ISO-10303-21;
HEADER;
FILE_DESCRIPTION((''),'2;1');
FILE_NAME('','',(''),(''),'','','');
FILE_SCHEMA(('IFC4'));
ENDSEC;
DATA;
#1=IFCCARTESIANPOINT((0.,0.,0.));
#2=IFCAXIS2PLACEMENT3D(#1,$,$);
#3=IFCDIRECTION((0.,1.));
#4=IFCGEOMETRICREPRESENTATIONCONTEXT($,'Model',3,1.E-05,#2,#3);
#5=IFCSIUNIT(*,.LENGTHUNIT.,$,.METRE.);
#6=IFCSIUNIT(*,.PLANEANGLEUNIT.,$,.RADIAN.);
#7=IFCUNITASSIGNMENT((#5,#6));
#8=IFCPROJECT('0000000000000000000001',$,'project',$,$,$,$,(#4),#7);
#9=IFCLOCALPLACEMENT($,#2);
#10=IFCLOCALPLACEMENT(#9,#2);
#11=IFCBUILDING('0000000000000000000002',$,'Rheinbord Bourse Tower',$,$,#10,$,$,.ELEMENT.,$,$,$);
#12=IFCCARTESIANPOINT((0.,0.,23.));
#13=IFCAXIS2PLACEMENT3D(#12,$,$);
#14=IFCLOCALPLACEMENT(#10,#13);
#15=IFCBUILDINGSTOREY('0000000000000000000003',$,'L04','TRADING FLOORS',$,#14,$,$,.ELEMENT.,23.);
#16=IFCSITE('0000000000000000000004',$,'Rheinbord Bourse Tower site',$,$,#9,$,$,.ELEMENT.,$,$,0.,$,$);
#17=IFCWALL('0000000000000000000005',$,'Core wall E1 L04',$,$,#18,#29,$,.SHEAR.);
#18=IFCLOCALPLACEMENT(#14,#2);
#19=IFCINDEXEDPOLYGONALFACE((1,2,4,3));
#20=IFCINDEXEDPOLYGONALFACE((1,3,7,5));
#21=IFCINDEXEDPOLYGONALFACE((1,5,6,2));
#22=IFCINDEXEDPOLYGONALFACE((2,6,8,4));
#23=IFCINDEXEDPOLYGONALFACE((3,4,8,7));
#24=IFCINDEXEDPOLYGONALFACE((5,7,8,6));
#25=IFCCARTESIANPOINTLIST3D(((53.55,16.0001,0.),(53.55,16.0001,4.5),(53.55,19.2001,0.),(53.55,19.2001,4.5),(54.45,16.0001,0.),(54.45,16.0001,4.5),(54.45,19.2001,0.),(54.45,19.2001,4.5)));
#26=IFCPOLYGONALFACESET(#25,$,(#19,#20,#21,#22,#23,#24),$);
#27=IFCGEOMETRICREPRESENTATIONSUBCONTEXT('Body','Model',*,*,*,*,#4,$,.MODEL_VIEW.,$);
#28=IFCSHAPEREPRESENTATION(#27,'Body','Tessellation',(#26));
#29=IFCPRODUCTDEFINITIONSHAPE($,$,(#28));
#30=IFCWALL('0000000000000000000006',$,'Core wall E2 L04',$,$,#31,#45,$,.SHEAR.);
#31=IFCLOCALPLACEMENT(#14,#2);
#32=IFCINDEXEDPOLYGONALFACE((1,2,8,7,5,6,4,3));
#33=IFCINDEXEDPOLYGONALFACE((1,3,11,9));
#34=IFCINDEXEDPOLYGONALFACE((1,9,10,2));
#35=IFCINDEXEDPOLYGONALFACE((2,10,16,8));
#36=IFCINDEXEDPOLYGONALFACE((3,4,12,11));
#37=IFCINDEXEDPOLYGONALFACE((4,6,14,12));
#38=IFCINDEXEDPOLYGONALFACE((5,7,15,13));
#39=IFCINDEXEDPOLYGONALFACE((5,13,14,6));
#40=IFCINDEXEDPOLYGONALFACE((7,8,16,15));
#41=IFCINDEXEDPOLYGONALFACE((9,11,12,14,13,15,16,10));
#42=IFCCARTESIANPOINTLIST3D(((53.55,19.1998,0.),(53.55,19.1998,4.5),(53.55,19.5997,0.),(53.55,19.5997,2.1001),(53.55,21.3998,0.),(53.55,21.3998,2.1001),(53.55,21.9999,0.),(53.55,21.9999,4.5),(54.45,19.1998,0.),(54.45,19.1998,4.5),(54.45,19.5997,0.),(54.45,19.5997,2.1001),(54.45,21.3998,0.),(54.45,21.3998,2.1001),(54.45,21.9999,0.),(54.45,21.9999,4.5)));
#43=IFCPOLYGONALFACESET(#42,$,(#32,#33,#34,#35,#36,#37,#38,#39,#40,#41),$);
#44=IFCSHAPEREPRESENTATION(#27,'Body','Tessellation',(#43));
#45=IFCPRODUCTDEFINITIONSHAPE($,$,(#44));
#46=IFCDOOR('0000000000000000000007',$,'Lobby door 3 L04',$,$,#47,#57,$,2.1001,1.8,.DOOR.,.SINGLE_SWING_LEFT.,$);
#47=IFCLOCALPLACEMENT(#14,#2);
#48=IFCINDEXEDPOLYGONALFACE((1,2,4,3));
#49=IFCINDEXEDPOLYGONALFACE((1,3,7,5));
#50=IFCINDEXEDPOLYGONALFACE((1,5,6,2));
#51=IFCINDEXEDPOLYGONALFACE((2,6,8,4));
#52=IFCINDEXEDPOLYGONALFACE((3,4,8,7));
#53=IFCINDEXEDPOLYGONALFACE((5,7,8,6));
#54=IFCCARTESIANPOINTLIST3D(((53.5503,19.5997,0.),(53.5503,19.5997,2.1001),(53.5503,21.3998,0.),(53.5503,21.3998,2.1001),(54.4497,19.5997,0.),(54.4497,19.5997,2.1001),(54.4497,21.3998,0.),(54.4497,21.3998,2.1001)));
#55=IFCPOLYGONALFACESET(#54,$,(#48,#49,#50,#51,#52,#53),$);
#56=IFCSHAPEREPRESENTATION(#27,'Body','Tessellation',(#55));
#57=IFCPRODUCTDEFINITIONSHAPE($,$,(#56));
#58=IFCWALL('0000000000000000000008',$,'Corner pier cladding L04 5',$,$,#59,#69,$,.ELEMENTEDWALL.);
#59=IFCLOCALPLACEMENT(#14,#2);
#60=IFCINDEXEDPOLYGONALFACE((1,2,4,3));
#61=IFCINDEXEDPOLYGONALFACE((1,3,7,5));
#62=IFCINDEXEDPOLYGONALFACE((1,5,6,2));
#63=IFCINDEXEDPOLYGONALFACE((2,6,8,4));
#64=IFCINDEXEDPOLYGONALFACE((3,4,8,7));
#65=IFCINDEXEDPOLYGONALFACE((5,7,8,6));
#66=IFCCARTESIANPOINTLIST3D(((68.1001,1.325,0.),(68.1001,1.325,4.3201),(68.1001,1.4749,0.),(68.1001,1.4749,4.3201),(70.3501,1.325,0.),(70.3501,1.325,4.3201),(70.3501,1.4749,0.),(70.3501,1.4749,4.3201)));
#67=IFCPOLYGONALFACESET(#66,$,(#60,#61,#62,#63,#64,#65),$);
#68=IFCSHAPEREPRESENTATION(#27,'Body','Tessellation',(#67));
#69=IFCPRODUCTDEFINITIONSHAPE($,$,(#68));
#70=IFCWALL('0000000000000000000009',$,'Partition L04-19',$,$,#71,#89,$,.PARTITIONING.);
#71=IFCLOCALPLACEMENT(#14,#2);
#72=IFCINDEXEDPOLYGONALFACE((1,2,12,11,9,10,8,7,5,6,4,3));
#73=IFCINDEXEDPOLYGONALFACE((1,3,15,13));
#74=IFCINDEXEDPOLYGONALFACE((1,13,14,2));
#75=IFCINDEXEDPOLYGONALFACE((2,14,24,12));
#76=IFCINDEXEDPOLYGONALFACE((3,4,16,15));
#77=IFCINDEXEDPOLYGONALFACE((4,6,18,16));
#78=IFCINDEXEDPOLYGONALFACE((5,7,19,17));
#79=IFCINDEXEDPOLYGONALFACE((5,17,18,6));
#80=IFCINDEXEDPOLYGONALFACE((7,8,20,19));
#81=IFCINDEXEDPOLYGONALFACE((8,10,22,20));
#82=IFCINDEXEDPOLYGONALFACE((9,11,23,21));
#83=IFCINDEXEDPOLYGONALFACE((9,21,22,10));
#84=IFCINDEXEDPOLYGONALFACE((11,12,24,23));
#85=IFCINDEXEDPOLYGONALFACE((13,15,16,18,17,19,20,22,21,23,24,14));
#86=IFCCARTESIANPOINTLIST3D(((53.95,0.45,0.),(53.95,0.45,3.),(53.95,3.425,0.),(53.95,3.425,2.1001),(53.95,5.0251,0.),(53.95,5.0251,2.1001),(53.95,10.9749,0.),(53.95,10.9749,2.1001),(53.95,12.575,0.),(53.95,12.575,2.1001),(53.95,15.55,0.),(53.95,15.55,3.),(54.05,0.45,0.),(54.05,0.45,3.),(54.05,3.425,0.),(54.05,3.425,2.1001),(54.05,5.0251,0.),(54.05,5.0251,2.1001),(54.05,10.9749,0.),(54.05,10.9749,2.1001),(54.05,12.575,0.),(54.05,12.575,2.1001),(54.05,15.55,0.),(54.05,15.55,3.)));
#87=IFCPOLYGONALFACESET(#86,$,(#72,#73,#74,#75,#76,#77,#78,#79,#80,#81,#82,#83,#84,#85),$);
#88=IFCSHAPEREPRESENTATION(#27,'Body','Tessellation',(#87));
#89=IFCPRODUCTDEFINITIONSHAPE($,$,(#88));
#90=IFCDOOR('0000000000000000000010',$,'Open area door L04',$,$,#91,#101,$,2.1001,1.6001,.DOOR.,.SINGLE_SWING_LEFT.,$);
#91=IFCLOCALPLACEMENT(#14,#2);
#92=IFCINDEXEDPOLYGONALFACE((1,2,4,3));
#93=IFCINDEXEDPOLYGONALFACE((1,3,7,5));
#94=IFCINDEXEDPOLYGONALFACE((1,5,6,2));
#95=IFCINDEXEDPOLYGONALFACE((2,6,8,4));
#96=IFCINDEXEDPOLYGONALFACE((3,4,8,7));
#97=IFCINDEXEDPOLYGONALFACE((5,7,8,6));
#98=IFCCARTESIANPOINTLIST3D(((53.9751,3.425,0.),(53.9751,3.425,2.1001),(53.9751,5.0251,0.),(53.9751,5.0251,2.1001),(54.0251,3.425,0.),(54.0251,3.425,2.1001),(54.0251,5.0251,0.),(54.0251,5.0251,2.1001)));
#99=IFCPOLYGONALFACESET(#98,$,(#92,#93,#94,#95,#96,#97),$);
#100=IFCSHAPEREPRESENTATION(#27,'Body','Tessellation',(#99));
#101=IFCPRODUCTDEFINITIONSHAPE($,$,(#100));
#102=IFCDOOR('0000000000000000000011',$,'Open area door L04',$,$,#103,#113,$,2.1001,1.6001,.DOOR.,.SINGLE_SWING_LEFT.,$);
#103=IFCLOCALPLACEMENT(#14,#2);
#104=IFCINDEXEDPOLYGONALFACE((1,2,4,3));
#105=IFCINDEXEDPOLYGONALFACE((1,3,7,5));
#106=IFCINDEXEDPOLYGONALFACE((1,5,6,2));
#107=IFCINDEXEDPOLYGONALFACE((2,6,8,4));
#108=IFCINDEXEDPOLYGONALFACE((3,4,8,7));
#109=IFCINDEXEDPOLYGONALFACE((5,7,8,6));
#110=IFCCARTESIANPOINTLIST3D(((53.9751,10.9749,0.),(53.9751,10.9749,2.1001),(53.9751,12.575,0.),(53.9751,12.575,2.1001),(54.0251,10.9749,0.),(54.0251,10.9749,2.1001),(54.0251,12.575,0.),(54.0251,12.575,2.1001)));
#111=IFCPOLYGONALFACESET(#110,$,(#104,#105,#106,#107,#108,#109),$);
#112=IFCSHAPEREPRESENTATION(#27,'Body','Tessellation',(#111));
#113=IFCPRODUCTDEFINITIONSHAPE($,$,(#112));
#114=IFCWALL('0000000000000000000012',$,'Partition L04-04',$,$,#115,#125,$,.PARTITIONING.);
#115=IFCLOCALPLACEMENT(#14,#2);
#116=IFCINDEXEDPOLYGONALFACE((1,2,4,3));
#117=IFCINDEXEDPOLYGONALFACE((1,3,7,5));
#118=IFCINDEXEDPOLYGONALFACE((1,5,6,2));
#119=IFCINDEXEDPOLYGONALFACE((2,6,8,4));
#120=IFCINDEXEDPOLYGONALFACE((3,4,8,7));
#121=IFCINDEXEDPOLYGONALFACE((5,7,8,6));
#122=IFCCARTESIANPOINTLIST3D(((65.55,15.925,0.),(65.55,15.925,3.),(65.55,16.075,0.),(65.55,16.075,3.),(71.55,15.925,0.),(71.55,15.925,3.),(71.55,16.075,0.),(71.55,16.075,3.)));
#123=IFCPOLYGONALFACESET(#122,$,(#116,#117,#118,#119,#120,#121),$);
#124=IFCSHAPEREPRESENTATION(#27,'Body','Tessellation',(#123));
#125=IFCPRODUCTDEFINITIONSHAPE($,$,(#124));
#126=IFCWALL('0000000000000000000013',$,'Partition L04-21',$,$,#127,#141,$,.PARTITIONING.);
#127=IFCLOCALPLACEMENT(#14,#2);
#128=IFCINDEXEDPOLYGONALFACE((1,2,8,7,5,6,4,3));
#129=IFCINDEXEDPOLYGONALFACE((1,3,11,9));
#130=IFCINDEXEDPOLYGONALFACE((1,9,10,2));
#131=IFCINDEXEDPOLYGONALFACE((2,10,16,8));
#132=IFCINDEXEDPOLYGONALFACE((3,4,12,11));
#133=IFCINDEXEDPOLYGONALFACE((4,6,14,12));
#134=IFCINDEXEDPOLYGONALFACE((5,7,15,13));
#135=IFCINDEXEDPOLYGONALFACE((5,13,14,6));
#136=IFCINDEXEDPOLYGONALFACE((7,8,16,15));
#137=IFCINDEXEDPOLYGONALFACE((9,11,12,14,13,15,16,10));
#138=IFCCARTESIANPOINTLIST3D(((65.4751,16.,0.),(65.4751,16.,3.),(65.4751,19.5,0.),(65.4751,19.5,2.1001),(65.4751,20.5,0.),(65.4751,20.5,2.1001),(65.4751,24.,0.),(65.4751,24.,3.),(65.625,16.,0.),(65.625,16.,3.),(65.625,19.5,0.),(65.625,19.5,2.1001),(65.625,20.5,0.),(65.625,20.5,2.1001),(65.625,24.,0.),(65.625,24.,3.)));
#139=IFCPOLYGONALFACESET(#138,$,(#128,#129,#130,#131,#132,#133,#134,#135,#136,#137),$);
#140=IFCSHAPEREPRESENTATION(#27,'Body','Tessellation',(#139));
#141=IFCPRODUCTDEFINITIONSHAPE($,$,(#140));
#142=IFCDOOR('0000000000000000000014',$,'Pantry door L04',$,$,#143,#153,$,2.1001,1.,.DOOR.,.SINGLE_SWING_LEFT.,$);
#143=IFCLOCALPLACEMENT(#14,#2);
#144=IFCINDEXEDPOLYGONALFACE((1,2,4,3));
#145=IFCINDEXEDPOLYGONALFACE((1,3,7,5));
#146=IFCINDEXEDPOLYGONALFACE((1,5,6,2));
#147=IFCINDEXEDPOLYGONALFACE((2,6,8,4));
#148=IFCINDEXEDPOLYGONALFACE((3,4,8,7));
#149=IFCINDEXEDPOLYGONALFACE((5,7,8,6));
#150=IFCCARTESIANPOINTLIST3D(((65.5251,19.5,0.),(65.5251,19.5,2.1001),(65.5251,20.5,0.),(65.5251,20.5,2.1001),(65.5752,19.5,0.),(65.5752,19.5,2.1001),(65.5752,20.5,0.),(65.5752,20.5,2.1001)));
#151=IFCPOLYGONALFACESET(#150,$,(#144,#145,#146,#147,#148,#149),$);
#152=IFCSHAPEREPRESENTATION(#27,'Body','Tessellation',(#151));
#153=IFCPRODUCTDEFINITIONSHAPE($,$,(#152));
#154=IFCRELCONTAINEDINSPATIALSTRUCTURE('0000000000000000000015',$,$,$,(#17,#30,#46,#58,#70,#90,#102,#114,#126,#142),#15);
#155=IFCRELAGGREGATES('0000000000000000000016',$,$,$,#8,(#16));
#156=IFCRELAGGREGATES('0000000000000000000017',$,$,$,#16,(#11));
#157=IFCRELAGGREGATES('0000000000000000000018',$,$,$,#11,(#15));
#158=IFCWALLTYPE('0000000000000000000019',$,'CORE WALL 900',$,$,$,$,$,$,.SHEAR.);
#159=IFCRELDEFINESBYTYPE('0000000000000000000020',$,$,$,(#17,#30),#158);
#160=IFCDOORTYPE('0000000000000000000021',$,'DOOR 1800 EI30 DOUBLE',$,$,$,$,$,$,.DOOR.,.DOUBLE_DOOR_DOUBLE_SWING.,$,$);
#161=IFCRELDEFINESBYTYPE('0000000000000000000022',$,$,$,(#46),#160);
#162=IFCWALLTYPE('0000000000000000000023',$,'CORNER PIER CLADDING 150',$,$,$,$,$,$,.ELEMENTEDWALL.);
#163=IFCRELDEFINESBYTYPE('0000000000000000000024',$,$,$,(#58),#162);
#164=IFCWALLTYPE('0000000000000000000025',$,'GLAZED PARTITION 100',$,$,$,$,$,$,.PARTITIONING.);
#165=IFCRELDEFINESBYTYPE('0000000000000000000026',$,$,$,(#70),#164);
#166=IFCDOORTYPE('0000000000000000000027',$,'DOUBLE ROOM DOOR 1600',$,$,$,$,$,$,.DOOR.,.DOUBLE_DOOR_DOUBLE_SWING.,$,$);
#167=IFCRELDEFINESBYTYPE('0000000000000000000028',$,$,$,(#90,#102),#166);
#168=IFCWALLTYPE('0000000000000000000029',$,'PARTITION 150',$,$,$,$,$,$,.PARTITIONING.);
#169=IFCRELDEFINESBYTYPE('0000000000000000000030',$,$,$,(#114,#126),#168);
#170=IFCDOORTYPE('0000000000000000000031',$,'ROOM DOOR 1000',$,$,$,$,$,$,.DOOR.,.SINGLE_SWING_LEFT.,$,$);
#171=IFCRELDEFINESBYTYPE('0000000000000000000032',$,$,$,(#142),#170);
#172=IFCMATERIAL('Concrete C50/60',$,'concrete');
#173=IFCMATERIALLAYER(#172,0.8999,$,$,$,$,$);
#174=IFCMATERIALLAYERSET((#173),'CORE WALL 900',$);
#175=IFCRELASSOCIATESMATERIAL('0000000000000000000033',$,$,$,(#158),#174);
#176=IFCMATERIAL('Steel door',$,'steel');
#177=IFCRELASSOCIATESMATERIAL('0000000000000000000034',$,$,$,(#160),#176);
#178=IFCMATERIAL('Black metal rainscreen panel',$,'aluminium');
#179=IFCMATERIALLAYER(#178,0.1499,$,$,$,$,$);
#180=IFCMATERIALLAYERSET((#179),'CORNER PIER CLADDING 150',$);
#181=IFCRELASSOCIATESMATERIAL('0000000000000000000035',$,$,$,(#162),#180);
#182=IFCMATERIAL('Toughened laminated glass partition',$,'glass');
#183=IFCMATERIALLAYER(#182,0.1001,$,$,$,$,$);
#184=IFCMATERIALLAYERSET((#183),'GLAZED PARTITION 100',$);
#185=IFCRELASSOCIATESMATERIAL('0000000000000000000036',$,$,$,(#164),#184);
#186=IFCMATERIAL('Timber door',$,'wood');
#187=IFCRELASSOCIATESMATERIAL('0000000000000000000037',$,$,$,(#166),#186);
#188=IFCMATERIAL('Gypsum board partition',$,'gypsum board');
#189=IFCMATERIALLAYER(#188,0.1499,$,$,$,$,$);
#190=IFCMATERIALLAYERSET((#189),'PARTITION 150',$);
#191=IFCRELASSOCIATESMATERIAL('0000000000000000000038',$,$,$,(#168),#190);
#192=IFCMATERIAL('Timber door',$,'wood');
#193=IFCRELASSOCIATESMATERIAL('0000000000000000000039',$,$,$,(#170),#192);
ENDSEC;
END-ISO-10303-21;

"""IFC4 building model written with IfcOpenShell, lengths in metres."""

from ifc_helpers import new_model, si_unit, direction, frame, frame_2d, origin, place, context, subcontext, project, spatial, rectangle, extrude, material, layer, layer_set, type_object, element, fill, save


model = new_model("IFC4")

# Units and contexts
model_context = context("Model", 3, precision=1e-05, world=origin(), true_north=direction((0.0, 1.0)))
body_context = subcontext(model_context, "Body", "Model", "MODEL_VIEW")
ifc_project = project(units=[si_unit("LENGTHUNIT", "METRE"), si_unit("PLANEANGLEUNIT", "RADIAN")], contexts=[model_context])

# Site, building, storey
site_placement = place(None, origin())
site = spatial("IfcSite", under=ifc_project, at=site_placement, Name="Rheinbord Bourse Tower site", CompositionType="ELEMENT", RefElevation=0.0)
building_placement = place(site_placement, origin())
building = spatial("IfcBuilding", under=site, at=building_placement, Name="Rheinbord Bourse Tower", CompositionType="ELEMENT")
storey_placement = place(building_placement, frame((0.0, 0.0, 23.0)))
storey = spatial("IfcBuildingStorey", under=building, at=storey_placement, Name="L04", Description="TRADING FLOORS", CompositionType="ELEMENT", Elevation=23.0)

# Wall
ifc_material_1 = material(Name="Concrete C50/60", Category="concrete")
ifc_layer_1 = layer(ifc_material_1, 0.8999)
ifc_layer_set_1 = layer_set([ifc_layer_1], Name="CORE WALL 900")
wall_type_1 = type_object("IfcWallType", Name="CORE WALL 900", PredefinedType="SHEAR", material=ifc_layer_set_1)
wall_1_placement = place(storey_placement, frame((54.0, 16.0, 0.0), z_axis=(0.0, 0.0, 1.0), x_axis=(0.0, 1.0, 0.0)))
element("IfcWall", 1, at=wall_1_placement, inside=storey, type_object=wall_type_1, Name="Core wall E1 L04", PredefinedType="SHEAR", context=body_context, shape_type="SweptSolid", body=[
    extrude(rectangle(XDim=3.2, YDim=0.8999, at=frame_2d((1.6001, 0.0))), origin(), (0.0, 0.0, 1.0), 4.5),
])

# Wall, opening, door
wall_2_placement = place(storey_placement, frame((54.0, 19.2, 0.0), z_axis=(0.0, 0.0, 1.0), x_axis=(0.0, 1.0, 0.0)))
wall_2 = element("IfcWall", 2, at=wall_2_placement, inside=storey, type_object=wall_type_1, Name="Core wall E2 L04", PredefinedType="SHEAR", context=body_context, shape_type="SweptSolid", body=[
    extrude(rectangle(XDim=2.8, YDim=0.8999, at=frame_2d((1.3999, 0.0))), origin(), (0.0, 0.0, 1.0), 4.5),
])
opening_1_placement = place(wall_2_placement, frame((0.3999, 0.0, 0.0)))
opening_1 = element("IfcOpeningElement", 3, at=opening_1_placement, cuts=wall_2, PredefinedType="OPENING", context=body_context, shape_type="SweptSolid", body=[
    extrude(rectangle(XDim=1.8, YDim=2.1001, at=frame_2d((0.8999, 1.05))), frame((0.0, 0.46, 0.0), z_axis=(0.0, -1.0, 0.0), x_axis=(1.0, 0.0, 0.0)), (0.0, 0.0, 1.0), 0.9199),
])
ifc_material_2 = material(Name="Steel door", Category="steel")
door_type_1 = type_object("IfcDoorType", Name="DOOR 1800 EI30 DOUBLE", OperationType="DOUBLE_DOOR_DOUBLE_SWING", PredefinedType="DOOR", material=ifc_material_2)
door_1_placement = place(opening_1_placement, origin())
door_1 = element("IfcDoor", 4, at=door_1_placement, inside=storey, type_object=door_type_1, Name="Lobby door 3 L04", OperationType="SINGLE_SWING_LEFT", OverallHeight=2.1001, OverallWidth=1.8, PredefinedType="DOOR", context=body_context, shape_type="SweptSolid", body=[
    extrude(rectangle(XDim=1.8, YDim=2.1001, at=frame_2d((0.8999, 1.05))), frame((0.0, 0.4497, 0.0), z_axis=(0.0, -1.0, 0.0), x_axis=(1.0, 0.0, 0.0)), (0.0, 0.0, 1.0), 0.8994),
])
fill(opening_1, door_1)

# Wall
ifc_material_3 = material(Name="Black metal rainscreen panel", Category="aluminium")
ifc_layer_2 = layer(ifc_material_3, 0.1499)
ifc_layer_set_2 = layer_set([ifc_layer_2], Name="CORNER PIER CLADDING 150")
wall_type_2 = type_object("IfcWallType", Name="CORNER PIER CLADDING 150", PredefinedType="ELEMENTEDWALL", material=ifc_layer_set_2)
wall_3_placement = place(storey_placement, frame((68.1001, 1.3999, 0.0), z_axis=(0.0, 0.0, 1.0), x_axis=(1.0, 0.0, 0.0)))
element("IfcWall", 5, at=wall_3_placement, inside=storey, type_object=wall_type_2, Name="Corner pier cladding L04 5", PredefinedType="ELEMENTEDWALL", context=body_context, shape_type="SweptSolid", body=[
    extrude(rectangle(XDim=2.25, YDim=0.1499, at=frame_2d((1.125, 0.0))), origin(), (0.0, 0.0, 1.0), 4.3201),
])

# Wall, openings, doors
ifc_material_4 = material(Name="Toughened laminated glass partition", Category="glass")
ifc_layer_3 = layer(ifc_material_4, 0.1001)
ifc_layer_set_3 = layer_set([ifc_layer_3], Name="GLAZED PARTITION 100")
wall_type_3 = type_object("IfcWallType", Name="GLAZED PARTITION 100", PredefinedType="PARTITIONING", material=ifc_layer_set_3)
wall_4_placement = place(storey_placement, frame((54.0, 0.45, 0.0), z_axis=(0.0, 0.0, 1.0), x_axis=(0.0, 1.0, 0.0)))
wall_4 = element("IfcWall", 6, at=wall_4_placement, inside=storey, type_object=wall_type_3, Name="Partition L04-19", PredefinedType="PARTITIONING", context=body_context, shape_type="SweptSolid", body=[
    extrude(rectangle(XDim=15.1001, YDim=0.1001, at=frame_2d((7.55, 0.0))), origin(), (0.0, 0.0, 1.0), 3.0),
])
opening_2_placement = place(wall_4_placement, frame((2.9751, 0.0, 0.0)))
opening_2 = element("IfcOpeningElement", 7, at=opening_2_placement, cuts=wall_4, PredefinedType="OPENING", context=body_context, shape_type="SweptSolid", body=[
    extrude(rectangle(XDim=1.6001, YDim=2.1001, at=frame_2d((0.8, 1.05))), frame((0.0, 0.0601, 0.0), z_axis=(0.0, -1.0, 0.0), x_axis=(1.0, 0.0, 0.0)), (0.0, 0.0, 1.0), 0.1201),
])
opening_3_placement = place(wall_4_placement, frame((10.5249, 0.0, 0.0)))
opening_3 = element("IfcOpeningElement", 8, at=opening_3_placement, cuts=wall_4, PredefinedType="OPENING", context=body_context, shape_type="SweptSolid", body=[
    extrude(rectangle(XDim=1.6001, YDim=2.1001, at=frame_2d((0.8, 1.05))), frame((0.0, 0.0601, 0.0), z_axis=(0.0, -1.0, 0.0), x_axis=(1.0, 0.0, 0.0)), (0.0, 0.0, 1.0), 0.1201),
])
ifc_material_5 = material(Name="Timber door", Category="wood")
door_type_2 = type_object("IfcDoorType", Name="DOUBLE ROOM DOOR 1600", OperationType="DOUBLE_DOOR_DOUBLE_SWING", PredefinedType="DOOR", material=ifc_material_5)
door_2_placement = place(opening_2_placement, origin())
door_2 = element("IfcDoor", 9, at=door_2_placement, inside=storey, type_object=door_type_2, Name="Open area door L04", OperationType="SINGLE_SWING_LEFT", OverallHeight=2.1001, OverallWidth=1.6001, PredefinedType="DOOR", context=body_context, shape_type="SweptSolid", body=[
    extrude(rectangle(XDim=1.6001, YDim=2.1001, at=frame_2d((0.8, 1.05))), frame((0.0, 0.0249, 0.0), z_axis=(0.0, -1.0, 0.0), x_axis=(1.0, 0.0, 0.0)), (0.0, 0.0, 1.0), 0.05),
])
fill(opening_2, door_2)
door_3_placement = place(opening_3_placement, origin())
door_3 = element("IfcDoor", 10, at=door_3_placement, inside=storey, type_object=door_type_2, Name="Open area door L04", OperationType="SINGLE_SWING_LEFT", OverallHeight=2.1001, OverallWidth=1.6001, PredefinedType="DOOR", context=body_context, shape_type="SweptSolid", body=[
    extrude(rectangle(XDim=1.6001, YDim=2.1001, at=frame_2d((0.8, 1.05))), frame((0.0, 0.0249, 0.0), z_axis=(0.0, -1.0, 0.0), x_axis=(1.0, 0.0, 0.0)), (0.0, 0.0, 1.0), 0.05),
])
fill(opening_3, door_3)

# Wall
ifc_material_6 = material(Name="Gypsum board partition", Category="gypsum board")
ifc_layer_4 = layer(ifc_material_6, 0.1499)
ifc_layer_set_4 = layer_set([ifc_layer_4], Name="PARTITION 150")
wall_type_4 = type_object("IfcWallType", Name="PARTITION 150", PredefinedType="PARTITIONING", material=ifc_layer_set_4)
wall_5_placement = place(storey_placement, frame((65.55, 16.0, 0.0), z_axis=(0.0, 0.0, 1.0), x_axis=(1.0, 0.0, 0.0)))
element("IfcWall", 11, at=wall_5_placement, inside=storey, type_object=wall_type_4, Name="Partition L04-04", PredefinedType="PARTITIONING", context=body_context, shape_type="SweptSolid", body=[
    extrude(rectangle(XDim=6.0, YDim=0.1499, at=frame_2d((3.0, 0.0))), origin(), (0.0, 0.0, 1.0), 3.0),
])

# Wall, opening, door
wall_6_placement = place(storey_placement, frame((65.55, 16.0, 0.0), z_axis=(0.0, 0.0, 1.0), x_axis=(0.0, 1.0, 0.0)))
wall_6 = element("IfcWall", 12, at=wall_6_placement, inside=storey, type_object=wall_type_4, Name="Partition L04-21", PredefinedType="PARTITIONING", context=body_context, shape_type="SweptSolid", body=[
    extrude(rectangle(XDim=8.0, YDim=0.1499, at=frame_2d((4.0, 0.0))), origin(), (0.0, 0.0, 1.0), 3.0),
])
opening_4_placement = place(wall_6_placement, frame((3.5, 0.0, 0.0)))
opening_4 = element("IfcOpeningElement", 13, at=opening_4_placement, cuts=wall_6, PredefinedType="OPENING", context=body_context, shape_type="SweptSolid", body=[
    extrude(rectangle(XDim=1.0, YDim=2.1001, at=frame_2d((0.5, 1.05))), frame((0.0, 0.085, 0.0), z_axis=(0.0, -1.0, 0.0), x_axis=(1.0, 0.0, 0.0)), (0.0, 0.0, 1.0), 0.1699),
])
ifc_material_7 = material(Name="Timber door", Category="wood")
door_type_3 = type_object("IfcDoorType", Name="ROOM DOOR 1000", OperationType="SINGLE_SWING_LEFT", PredefinedType="DOOR", material=ifc_material_7)
door_4_placement = place(opening_4_placement, origin())
door_4 = element("IfcDoor", 14, at=door_4_placement, inside=storey, type_object=door_type_3, Name="Pantry door L04", OperationType="SINGLE_SWING_LEFT", OverallHeight=2.1001, OverallWidth=1.0, PredefinedType="DOOR", context=body_context, shape_type="SweptSolid", body=[
    extrude(rectangle(XDim=1.0, YDim=2.1001, at=frame_2d((0.5, 1.05))), frame((0.0, 0.0249, 0.0), z_axis=(0.0, -1.0, 0.0), x_axis=(1.0, 0.0, 0.0)), (0.0, 0.0, 1.0), 0.05),
])
fill(opening_4, door_4)

save(model, "model.ifc")
